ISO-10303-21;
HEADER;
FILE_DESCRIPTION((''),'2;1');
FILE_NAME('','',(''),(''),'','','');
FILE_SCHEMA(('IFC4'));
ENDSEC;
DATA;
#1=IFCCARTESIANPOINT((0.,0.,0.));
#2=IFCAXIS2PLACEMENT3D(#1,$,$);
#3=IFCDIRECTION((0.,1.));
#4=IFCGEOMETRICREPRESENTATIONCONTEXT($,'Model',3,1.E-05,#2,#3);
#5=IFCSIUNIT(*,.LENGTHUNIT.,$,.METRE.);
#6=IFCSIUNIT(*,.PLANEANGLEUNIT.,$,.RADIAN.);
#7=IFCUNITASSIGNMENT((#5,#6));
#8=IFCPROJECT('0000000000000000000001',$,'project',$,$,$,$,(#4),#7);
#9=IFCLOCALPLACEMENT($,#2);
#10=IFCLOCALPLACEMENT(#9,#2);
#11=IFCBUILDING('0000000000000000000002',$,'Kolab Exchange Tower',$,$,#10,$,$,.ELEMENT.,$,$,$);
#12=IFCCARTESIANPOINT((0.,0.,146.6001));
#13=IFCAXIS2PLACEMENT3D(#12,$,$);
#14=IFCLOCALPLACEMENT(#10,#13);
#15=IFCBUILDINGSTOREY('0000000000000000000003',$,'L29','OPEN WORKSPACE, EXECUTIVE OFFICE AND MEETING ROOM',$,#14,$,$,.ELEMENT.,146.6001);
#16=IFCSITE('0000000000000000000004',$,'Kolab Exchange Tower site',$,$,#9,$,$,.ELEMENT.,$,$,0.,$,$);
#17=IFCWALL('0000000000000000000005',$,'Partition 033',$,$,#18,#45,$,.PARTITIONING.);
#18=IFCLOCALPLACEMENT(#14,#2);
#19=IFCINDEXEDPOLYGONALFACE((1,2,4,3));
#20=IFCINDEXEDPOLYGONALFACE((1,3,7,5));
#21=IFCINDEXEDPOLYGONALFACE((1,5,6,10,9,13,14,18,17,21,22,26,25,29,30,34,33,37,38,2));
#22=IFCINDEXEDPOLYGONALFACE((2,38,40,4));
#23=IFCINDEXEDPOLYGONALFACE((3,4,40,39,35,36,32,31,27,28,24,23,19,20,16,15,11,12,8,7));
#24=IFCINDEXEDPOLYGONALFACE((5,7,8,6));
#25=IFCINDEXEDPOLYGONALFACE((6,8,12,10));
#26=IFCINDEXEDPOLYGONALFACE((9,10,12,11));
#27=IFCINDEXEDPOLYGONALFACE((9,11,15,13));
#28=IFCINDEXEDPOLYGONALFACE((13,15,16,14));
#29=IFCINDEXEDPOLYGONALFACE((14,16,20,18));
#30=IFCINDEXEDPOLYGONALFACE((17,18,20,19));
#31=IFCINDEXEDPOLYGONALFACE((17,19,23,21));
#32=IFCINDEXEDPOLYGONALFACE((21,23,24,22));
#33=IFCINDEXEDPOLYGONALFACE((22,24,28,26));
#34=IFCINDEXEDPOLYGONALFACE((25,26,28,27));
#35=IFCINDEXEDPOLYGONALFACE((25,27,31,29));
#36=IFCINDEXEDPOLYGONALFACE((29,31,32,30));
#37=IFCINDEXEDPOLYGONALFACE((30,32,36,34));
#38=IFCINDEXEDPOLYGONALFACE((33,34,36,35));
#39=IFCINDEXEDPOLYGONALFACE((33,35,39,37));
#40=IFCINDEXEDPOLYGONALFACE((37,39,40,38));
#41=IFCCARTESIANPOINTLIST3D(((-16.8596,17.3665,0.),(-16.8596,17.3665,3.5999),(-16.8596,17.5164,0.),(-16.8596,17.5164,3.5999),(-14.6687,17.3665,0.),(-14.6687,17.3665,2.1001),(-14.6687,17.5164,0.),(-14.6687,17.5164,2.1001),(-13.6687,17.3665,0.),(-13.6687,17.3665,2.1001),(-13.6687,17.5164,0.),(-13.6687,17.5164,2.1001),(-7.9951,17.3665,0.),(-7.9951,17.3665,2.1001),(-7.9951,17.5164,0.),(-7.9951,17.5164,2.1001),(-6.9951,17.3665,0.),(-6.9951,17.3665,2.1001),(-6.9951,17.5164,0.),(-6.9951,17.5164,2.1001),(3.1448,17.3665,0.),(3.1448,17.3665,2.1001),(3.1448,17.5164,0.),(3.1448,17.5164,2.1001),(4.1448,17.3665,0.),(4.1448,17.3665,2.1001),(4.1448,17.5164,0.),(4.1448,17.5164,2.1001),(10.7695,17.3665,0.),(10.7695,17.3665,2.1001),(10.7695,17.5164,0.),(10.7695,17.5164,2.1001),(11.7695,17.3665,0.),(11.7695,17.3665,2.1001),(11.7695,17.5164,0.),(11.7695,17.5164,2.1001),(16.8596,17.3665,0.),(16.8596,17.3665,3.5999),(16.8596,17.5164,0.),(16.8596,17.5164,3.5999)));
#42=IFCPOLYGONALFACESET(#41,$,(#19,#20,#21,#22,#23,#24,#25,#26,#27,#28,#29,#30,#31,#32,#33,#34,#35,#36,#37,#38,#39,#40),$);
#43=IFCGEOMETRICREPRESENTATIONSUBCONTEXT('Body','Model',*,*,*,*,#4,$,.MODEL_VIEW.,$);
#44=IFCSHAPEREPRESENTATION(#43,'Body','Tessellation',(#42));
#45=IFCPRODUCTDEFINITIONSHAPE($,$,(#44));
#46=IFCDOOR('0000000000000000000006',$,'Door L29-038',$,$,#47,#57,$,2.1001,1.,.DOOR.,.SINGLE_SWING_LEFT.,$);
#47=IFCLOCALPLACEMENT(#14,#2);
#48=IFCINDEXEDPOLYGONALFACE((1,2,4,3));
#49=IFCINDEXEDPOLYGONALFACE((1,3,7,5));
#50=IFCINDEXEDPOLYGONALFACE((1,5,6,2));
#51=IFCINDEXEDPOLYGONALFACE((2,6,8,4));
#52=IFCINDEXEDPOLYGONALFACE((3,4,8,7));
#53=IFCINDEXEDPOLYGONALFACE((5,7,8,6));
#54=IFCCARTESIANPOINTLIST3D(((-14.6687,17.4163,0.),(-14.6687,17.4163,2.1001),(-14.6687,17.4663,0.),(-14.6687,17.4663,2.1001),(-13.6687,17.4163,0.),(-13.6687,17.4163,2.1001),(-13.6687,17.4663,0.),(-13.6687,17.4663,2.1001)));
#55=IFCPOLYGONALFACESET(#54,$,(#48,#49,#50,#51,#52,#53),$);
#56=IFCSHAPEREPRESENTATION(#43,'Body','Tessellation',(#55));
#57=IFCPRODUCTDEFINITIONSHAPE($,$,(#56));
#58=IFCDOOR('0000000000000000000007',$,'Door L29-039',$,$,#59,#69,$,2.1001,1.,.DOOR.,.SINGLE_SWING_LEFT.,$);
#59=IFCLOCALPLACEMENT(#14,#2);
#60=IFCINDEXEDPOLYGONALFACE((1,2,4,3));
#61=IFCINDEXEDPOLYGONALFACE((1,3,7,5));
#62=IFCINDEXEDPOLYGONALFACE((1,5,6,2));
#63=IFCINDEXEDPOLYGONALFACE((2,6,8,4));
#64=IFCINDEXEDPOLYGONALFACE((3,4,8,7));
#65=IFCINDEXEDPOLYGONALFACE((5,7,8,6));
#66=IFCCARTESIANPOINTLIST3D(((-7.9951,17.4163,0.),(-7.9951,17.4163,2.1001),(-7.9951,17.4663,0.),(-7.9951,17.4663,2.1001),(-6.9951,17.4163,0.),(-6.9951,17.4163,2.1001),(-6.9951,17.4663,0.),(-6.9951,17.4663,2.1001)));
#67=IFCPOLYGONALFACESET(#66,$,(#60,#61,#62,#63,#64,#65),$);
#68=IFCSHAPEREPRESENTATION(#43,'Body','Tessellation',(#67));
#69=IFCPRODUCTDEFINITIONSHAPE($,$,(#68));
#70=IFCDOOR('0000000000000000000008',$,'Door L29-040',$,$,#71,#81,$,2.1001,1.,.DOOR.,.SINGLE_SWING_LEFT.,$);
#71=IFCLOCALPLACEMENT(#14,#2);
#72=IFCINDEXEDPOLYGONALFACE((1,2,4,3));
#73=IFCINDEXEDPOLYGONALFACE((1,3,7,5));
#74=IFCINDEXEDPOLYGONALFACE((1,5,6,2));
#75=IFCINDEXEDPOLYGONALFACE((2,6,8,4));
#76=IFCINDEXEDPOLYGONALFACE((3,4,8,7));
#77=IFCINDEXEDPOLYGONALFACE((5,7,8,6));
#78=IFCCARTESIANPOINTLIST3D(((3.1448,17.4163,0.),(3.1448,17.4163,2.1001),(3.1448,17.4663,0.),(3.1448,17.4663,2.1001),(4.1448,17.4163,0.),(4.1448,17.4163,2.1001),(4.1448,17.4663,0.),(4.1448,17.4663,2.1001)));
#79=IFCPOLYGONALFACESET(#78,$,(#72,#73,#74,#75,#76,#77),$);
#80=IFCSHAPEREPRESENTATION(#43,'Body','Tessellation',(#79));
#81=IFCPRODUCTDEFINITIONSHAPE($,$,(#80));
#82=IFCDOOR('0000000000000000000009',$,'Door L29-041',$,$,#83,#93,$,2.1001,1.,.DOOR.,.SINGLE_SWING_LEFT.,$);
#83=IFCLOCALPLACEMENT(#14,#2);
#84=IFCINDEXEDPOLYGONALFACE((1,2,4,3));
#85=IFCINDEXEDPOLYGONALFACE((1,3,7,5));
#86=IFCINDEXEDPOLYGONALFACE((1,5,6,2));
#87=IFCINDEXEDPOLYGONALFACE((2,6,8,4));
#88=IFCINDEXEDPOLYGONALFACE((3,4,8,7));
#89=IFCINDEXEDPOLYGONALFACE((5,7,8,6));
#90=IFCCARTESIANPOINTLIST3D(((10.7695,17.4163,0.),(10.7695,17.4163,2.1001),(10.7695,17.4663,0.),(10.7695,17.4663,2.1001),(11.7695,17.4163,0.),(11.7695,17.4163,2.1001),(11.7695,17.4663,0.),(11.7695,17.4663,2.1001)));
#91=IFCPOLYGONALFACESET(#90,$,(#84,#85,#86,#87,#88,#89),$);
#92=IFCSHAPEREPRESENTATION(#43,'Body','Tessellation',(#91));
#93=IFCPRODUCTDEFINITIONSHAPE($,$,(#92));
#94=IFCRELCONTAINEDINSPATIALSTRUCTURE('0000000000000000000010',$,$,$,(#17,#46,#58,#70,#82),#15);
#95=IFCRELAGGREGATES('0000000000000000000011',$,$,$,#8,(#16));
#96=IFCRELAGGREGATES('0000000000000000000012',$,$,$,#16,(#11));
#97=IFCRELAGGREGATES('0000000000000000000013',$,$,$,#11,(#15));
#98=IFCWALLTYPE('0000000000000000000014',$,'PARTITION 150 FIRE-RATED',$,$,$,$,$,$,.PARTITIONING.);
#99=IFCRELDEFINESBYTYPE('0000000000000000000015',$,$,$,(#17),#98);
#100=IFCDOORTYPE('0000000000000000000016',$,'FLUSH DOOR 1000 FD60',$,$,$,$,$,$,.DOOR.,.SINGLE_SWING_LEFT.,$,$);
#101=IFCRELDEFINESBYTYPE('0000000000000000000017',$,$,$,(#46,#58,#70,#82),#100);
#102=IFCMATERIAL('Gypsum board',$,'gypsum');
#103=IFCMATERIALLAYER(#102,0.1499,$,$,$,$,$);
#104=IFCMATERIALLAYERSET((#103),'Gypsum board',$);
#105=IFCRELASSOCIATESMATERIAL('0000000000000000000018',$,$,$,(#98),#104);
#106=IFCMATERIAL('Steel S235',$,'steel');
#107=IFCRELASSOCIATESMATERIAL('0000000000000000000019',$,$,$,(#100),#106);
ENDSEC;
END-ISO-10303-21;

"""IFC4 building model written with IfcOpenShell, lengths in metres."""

from ifc_helpers import new_model, si_unit, direction, frame, frame_2d, origin, place, context, subcontext, project, spatial, rectangle, extrude, material, layer, layer_set, type_object, element, fill, save


model = new_model("IFC4")

# Units and contexts
model_context = context("Model", 3, precision=1e-05, world=origin(), true_north=direction((0.0, 1.0)))
body_context = subcontext(model_context, "Body", "Model", "MODEL_VIEW")
ifc_project = project(units=[si_unit("LENGTHUNIT", "METRE"), si_unit("PLANEANGLEUNIT", "RADIAN")], contexts=[model_context])

# Site, building, storey
site_placement = place(None, origin())
site = spatial("IfcSite", under=ifc_project, at=site_placement, Name="Kolab Exchange Tower site", CompositionType="ELEMENT", RefElevation=0.0)
building_placement = place(site_placement, origin())
building = spatial("IfcBuilding", under=site, at=building_placement, Name="Kolab Exchange Tower", CompositionType="ELEMENT")
storey_placement = place(building_placement, frame((0.0, 0.0, 146.6001)))
storey = spatial("IfcBuildingStorey", under=building, at=storey_placement, Name="L29", Description="OPEN WORKSPACE, EXECUTIVE OFFICE AND MEETING ROOM", CompositionType="ELEMENT", Elevation=146.6001)

# Wall, openings, doors
ifc_material_1 = material(Name="Gypsum board", Category="gypsum")
ifc_layer_1 = layer(ifc_material_1, 0.1499)
ifc_layer_set_1 = layer_set([ifc_layer_1], Name="Gypsum board")
wall_type = type_object("IfcWallType", Name="PARTITION 150 FIRE-RATED", PredefinedType="PARTITIONING", material=ifc_layer_set_1)
ifc_material_2 = material(Name="Steel S235", Category="steel")
door_type_1 = type_object("IfcDoorType", Name="FLUSH DOOR 1000 FD60", OperationType="SINGLE_SWING_LEFT", PredefinedType="DOOR", material=ifc_material_2)
wall_1_placement = place(storey_placement, frame((-16.8596, 17.4414, 0.0), z_axis=(0.0, 0.0, 1.0), x_axis=(1.0, 0.0, 0.0)))
wall_1 = element("IfcWall", 1, at=wall_1_placement, inside=storey, type_object=wall_type, Name="Partition 033", PredefinedType="PARTITIONING", context=body_context, shape_type="SweptSolid", body=[
    extrude(rectangle(XDim=33.7192, YDim=0.1499, at=frame_2d((16.8596, 0.0))), origin(), (0.0, 0.0, 1.0), 3.5999),
])
opening_1_placement = place(wall_1_placement, frame((2.1909, 0.0, 0.0)))
opening_1 = element("IfcOpeningElement", 2, at=opening_1_placement, cuts=wall_1, PredefinedType="OPENING", context=body_context, shape_type="SweptSolid", body=[
    extrude(rectangle(XDim=1.0, YDim=2.1001, at=frame_2d((0.5, 1.05))), frame((0.0, 0.085, 0.0), z_axis=(0.0, -1.0, 0.0), x_axis=(1.0, 0.0, 0.0)), (0.0, 0.0, 1.0), 0.1699),
])
opening_2_placement = place(wall_1_placement, frame((8.8645, 0.0, 0.0)))
opening_2 = element("IfcOpeningElement", 3, at=opening_2_placement, cuts=wall_1, PredefinedType="OPENING", context=body_context, shape_type="SweptSolid", body=[
    extrude(rectangle(XDim=1.0, YDim=2.1001, at=frame_2d((0.5, 1.05))), frame((0.0, 0.085, 0.0), z_axis=(0.0, -1.0, 0.0), x_axis=(1.0, 0.0, 0.0)), (0.0, 0.0, 1.0), 0.1699),
])
opening_3_placement = place(wall_1_placement, frame((20.0044, 0.0, 0.0)))
opening_3 = element("IfcOpeningElement", 4, at=opening_3_placement, cuts=wall_1, PredefinedType="OPENING", context=body_context, shape_type="SweptSolid", body=[
    extrude(rectangle(XDim=1.0, YDim=2.1001, at=frame_2d((0.5, 1.05))), frame((0.0, 0.085, 0.0), z_axis=(0.0, -1.0, 0.0), x_axis=(1.0, 0.0, 0.0)), (0.0, 0.0, 1.0), 0.1699),
])
opening_4_placement = place(wall_1_placement, frame((27.6292, 0.0, 0.0)))
opening_4 = element("IfcOpeningElement", 5, at=opening_4_placement, cuts=wall_1, PredefinedType="OPENING", context=body_context, shape_type="SweptSolid", body=[
    extrude(rectangle(XDim=1.0, YDim=2.1001, at=frame_2d((0.5, 1.05))), frame((0.0, 0.085, 0.0), z_axis=(0.0, -1.0, 0.0), x_axis=(1.0, 0.0, 0.0)), (0.0, 0.0, 1.0), 0.1699),
])
door_1_placement = place(opening_1_placement, origin())
door_1 = element("IfcDoor", 6, at=door_1_placement, inside=storey, type_object=door_type_1, Name="Door L29-038", OperationType="SINGLE_SWING_LEFT", OverallHeight=2.1001, OverallWidth=1.0, PredefinedType="DOOR", context=body_context, shape_type="SweptSolid", body=[
    extrude(rectangle(XDim=1.0, YDim=2.1001, at=frame_2d((0.5, 1.05))), frame((0.0, 0.0249, 0.0), z_axis=(0.0, -1.0, 0.0), x_axis=(1.0, 0.0, 0.0)), (0.0, 0.0, 1.0), 0.05),
])
fill(opening_1, door_1)
door_2_placement = place(opening_2_placement, origin())
door_2 = element("IfcDoor", 7, at=door_2_placement, inside=storey, type_object=door_type_1, Name="Door L29-039", OperationType="SINGLE_SWING_LEFT", OverallHeight=2.1001, OverallWidth=1.0, PredefinedType="DOOR", context=body_context, shape_type="SweptSolid", body=[
    extrude(rectangle(XDim=1.0, YDim=2.1001, at=frame_2d((0.5, 1.05))), frame((0.0, 0.0249, 0.0), z_axis=(0.0, -1.0, 0.0), x_axis=(1.0, 0.0, 0.0)), (0.0, 0.0, 1.0), 0.05),
])
fill(opening_2, door_2)
door_3_placement = place(opening_3_placement, origin())
door_3 = element("IfcDoor", 8, at=door_3_placement, inside=storey, type_object=door_type_1, Name="Door L29-040", OperationType="SINGLE_SWING_LEFT", OverallHeight=2.1001, OverallWidth=1.0, PredefinedType="DOOR", context=body_context, shape_type="SweptSolid", body=[
    extrude(rectangle(XDim=1.0, YDim=2.1001, at=frame_2d((0.5, 1.05))), frame((0.0, 0.0249, 0.0), z_axis=(0.0, -1.0, 0.0), x_axis=(1.0, 0.0, 0.0)), (0.0, 0.0, 1.0), 0.05),
])
fill(opening_3, door_3)
door_4_placement = place(opening_4_placement, origin())
door_4 = element("IfcDoor", 9, at=door_4_placement, inside=storey, type_object=door_type_1, Name="Door L29-041", OperationType="SINGLE_SWING_LEFT", OverallHeight=2.1001, OverallWidth=1.0, PredefinedType="DOOR", context=body_context, shape_type="SweptSolid", body=[
    extrude(rectangle(XDim=1.0, YDim=2.1001, at=frame_2d((0.5, 1.05))), frame((0.0, 0.0249, 0.0), z_axis=(0.0, -1.0, 0.0), x_axis=(1.0, 0.0, 0.0)), (0.0, 0.0, 1.0), 0.05),
])
fill(opening_4, door_4)

save(model, "model.ifc")
